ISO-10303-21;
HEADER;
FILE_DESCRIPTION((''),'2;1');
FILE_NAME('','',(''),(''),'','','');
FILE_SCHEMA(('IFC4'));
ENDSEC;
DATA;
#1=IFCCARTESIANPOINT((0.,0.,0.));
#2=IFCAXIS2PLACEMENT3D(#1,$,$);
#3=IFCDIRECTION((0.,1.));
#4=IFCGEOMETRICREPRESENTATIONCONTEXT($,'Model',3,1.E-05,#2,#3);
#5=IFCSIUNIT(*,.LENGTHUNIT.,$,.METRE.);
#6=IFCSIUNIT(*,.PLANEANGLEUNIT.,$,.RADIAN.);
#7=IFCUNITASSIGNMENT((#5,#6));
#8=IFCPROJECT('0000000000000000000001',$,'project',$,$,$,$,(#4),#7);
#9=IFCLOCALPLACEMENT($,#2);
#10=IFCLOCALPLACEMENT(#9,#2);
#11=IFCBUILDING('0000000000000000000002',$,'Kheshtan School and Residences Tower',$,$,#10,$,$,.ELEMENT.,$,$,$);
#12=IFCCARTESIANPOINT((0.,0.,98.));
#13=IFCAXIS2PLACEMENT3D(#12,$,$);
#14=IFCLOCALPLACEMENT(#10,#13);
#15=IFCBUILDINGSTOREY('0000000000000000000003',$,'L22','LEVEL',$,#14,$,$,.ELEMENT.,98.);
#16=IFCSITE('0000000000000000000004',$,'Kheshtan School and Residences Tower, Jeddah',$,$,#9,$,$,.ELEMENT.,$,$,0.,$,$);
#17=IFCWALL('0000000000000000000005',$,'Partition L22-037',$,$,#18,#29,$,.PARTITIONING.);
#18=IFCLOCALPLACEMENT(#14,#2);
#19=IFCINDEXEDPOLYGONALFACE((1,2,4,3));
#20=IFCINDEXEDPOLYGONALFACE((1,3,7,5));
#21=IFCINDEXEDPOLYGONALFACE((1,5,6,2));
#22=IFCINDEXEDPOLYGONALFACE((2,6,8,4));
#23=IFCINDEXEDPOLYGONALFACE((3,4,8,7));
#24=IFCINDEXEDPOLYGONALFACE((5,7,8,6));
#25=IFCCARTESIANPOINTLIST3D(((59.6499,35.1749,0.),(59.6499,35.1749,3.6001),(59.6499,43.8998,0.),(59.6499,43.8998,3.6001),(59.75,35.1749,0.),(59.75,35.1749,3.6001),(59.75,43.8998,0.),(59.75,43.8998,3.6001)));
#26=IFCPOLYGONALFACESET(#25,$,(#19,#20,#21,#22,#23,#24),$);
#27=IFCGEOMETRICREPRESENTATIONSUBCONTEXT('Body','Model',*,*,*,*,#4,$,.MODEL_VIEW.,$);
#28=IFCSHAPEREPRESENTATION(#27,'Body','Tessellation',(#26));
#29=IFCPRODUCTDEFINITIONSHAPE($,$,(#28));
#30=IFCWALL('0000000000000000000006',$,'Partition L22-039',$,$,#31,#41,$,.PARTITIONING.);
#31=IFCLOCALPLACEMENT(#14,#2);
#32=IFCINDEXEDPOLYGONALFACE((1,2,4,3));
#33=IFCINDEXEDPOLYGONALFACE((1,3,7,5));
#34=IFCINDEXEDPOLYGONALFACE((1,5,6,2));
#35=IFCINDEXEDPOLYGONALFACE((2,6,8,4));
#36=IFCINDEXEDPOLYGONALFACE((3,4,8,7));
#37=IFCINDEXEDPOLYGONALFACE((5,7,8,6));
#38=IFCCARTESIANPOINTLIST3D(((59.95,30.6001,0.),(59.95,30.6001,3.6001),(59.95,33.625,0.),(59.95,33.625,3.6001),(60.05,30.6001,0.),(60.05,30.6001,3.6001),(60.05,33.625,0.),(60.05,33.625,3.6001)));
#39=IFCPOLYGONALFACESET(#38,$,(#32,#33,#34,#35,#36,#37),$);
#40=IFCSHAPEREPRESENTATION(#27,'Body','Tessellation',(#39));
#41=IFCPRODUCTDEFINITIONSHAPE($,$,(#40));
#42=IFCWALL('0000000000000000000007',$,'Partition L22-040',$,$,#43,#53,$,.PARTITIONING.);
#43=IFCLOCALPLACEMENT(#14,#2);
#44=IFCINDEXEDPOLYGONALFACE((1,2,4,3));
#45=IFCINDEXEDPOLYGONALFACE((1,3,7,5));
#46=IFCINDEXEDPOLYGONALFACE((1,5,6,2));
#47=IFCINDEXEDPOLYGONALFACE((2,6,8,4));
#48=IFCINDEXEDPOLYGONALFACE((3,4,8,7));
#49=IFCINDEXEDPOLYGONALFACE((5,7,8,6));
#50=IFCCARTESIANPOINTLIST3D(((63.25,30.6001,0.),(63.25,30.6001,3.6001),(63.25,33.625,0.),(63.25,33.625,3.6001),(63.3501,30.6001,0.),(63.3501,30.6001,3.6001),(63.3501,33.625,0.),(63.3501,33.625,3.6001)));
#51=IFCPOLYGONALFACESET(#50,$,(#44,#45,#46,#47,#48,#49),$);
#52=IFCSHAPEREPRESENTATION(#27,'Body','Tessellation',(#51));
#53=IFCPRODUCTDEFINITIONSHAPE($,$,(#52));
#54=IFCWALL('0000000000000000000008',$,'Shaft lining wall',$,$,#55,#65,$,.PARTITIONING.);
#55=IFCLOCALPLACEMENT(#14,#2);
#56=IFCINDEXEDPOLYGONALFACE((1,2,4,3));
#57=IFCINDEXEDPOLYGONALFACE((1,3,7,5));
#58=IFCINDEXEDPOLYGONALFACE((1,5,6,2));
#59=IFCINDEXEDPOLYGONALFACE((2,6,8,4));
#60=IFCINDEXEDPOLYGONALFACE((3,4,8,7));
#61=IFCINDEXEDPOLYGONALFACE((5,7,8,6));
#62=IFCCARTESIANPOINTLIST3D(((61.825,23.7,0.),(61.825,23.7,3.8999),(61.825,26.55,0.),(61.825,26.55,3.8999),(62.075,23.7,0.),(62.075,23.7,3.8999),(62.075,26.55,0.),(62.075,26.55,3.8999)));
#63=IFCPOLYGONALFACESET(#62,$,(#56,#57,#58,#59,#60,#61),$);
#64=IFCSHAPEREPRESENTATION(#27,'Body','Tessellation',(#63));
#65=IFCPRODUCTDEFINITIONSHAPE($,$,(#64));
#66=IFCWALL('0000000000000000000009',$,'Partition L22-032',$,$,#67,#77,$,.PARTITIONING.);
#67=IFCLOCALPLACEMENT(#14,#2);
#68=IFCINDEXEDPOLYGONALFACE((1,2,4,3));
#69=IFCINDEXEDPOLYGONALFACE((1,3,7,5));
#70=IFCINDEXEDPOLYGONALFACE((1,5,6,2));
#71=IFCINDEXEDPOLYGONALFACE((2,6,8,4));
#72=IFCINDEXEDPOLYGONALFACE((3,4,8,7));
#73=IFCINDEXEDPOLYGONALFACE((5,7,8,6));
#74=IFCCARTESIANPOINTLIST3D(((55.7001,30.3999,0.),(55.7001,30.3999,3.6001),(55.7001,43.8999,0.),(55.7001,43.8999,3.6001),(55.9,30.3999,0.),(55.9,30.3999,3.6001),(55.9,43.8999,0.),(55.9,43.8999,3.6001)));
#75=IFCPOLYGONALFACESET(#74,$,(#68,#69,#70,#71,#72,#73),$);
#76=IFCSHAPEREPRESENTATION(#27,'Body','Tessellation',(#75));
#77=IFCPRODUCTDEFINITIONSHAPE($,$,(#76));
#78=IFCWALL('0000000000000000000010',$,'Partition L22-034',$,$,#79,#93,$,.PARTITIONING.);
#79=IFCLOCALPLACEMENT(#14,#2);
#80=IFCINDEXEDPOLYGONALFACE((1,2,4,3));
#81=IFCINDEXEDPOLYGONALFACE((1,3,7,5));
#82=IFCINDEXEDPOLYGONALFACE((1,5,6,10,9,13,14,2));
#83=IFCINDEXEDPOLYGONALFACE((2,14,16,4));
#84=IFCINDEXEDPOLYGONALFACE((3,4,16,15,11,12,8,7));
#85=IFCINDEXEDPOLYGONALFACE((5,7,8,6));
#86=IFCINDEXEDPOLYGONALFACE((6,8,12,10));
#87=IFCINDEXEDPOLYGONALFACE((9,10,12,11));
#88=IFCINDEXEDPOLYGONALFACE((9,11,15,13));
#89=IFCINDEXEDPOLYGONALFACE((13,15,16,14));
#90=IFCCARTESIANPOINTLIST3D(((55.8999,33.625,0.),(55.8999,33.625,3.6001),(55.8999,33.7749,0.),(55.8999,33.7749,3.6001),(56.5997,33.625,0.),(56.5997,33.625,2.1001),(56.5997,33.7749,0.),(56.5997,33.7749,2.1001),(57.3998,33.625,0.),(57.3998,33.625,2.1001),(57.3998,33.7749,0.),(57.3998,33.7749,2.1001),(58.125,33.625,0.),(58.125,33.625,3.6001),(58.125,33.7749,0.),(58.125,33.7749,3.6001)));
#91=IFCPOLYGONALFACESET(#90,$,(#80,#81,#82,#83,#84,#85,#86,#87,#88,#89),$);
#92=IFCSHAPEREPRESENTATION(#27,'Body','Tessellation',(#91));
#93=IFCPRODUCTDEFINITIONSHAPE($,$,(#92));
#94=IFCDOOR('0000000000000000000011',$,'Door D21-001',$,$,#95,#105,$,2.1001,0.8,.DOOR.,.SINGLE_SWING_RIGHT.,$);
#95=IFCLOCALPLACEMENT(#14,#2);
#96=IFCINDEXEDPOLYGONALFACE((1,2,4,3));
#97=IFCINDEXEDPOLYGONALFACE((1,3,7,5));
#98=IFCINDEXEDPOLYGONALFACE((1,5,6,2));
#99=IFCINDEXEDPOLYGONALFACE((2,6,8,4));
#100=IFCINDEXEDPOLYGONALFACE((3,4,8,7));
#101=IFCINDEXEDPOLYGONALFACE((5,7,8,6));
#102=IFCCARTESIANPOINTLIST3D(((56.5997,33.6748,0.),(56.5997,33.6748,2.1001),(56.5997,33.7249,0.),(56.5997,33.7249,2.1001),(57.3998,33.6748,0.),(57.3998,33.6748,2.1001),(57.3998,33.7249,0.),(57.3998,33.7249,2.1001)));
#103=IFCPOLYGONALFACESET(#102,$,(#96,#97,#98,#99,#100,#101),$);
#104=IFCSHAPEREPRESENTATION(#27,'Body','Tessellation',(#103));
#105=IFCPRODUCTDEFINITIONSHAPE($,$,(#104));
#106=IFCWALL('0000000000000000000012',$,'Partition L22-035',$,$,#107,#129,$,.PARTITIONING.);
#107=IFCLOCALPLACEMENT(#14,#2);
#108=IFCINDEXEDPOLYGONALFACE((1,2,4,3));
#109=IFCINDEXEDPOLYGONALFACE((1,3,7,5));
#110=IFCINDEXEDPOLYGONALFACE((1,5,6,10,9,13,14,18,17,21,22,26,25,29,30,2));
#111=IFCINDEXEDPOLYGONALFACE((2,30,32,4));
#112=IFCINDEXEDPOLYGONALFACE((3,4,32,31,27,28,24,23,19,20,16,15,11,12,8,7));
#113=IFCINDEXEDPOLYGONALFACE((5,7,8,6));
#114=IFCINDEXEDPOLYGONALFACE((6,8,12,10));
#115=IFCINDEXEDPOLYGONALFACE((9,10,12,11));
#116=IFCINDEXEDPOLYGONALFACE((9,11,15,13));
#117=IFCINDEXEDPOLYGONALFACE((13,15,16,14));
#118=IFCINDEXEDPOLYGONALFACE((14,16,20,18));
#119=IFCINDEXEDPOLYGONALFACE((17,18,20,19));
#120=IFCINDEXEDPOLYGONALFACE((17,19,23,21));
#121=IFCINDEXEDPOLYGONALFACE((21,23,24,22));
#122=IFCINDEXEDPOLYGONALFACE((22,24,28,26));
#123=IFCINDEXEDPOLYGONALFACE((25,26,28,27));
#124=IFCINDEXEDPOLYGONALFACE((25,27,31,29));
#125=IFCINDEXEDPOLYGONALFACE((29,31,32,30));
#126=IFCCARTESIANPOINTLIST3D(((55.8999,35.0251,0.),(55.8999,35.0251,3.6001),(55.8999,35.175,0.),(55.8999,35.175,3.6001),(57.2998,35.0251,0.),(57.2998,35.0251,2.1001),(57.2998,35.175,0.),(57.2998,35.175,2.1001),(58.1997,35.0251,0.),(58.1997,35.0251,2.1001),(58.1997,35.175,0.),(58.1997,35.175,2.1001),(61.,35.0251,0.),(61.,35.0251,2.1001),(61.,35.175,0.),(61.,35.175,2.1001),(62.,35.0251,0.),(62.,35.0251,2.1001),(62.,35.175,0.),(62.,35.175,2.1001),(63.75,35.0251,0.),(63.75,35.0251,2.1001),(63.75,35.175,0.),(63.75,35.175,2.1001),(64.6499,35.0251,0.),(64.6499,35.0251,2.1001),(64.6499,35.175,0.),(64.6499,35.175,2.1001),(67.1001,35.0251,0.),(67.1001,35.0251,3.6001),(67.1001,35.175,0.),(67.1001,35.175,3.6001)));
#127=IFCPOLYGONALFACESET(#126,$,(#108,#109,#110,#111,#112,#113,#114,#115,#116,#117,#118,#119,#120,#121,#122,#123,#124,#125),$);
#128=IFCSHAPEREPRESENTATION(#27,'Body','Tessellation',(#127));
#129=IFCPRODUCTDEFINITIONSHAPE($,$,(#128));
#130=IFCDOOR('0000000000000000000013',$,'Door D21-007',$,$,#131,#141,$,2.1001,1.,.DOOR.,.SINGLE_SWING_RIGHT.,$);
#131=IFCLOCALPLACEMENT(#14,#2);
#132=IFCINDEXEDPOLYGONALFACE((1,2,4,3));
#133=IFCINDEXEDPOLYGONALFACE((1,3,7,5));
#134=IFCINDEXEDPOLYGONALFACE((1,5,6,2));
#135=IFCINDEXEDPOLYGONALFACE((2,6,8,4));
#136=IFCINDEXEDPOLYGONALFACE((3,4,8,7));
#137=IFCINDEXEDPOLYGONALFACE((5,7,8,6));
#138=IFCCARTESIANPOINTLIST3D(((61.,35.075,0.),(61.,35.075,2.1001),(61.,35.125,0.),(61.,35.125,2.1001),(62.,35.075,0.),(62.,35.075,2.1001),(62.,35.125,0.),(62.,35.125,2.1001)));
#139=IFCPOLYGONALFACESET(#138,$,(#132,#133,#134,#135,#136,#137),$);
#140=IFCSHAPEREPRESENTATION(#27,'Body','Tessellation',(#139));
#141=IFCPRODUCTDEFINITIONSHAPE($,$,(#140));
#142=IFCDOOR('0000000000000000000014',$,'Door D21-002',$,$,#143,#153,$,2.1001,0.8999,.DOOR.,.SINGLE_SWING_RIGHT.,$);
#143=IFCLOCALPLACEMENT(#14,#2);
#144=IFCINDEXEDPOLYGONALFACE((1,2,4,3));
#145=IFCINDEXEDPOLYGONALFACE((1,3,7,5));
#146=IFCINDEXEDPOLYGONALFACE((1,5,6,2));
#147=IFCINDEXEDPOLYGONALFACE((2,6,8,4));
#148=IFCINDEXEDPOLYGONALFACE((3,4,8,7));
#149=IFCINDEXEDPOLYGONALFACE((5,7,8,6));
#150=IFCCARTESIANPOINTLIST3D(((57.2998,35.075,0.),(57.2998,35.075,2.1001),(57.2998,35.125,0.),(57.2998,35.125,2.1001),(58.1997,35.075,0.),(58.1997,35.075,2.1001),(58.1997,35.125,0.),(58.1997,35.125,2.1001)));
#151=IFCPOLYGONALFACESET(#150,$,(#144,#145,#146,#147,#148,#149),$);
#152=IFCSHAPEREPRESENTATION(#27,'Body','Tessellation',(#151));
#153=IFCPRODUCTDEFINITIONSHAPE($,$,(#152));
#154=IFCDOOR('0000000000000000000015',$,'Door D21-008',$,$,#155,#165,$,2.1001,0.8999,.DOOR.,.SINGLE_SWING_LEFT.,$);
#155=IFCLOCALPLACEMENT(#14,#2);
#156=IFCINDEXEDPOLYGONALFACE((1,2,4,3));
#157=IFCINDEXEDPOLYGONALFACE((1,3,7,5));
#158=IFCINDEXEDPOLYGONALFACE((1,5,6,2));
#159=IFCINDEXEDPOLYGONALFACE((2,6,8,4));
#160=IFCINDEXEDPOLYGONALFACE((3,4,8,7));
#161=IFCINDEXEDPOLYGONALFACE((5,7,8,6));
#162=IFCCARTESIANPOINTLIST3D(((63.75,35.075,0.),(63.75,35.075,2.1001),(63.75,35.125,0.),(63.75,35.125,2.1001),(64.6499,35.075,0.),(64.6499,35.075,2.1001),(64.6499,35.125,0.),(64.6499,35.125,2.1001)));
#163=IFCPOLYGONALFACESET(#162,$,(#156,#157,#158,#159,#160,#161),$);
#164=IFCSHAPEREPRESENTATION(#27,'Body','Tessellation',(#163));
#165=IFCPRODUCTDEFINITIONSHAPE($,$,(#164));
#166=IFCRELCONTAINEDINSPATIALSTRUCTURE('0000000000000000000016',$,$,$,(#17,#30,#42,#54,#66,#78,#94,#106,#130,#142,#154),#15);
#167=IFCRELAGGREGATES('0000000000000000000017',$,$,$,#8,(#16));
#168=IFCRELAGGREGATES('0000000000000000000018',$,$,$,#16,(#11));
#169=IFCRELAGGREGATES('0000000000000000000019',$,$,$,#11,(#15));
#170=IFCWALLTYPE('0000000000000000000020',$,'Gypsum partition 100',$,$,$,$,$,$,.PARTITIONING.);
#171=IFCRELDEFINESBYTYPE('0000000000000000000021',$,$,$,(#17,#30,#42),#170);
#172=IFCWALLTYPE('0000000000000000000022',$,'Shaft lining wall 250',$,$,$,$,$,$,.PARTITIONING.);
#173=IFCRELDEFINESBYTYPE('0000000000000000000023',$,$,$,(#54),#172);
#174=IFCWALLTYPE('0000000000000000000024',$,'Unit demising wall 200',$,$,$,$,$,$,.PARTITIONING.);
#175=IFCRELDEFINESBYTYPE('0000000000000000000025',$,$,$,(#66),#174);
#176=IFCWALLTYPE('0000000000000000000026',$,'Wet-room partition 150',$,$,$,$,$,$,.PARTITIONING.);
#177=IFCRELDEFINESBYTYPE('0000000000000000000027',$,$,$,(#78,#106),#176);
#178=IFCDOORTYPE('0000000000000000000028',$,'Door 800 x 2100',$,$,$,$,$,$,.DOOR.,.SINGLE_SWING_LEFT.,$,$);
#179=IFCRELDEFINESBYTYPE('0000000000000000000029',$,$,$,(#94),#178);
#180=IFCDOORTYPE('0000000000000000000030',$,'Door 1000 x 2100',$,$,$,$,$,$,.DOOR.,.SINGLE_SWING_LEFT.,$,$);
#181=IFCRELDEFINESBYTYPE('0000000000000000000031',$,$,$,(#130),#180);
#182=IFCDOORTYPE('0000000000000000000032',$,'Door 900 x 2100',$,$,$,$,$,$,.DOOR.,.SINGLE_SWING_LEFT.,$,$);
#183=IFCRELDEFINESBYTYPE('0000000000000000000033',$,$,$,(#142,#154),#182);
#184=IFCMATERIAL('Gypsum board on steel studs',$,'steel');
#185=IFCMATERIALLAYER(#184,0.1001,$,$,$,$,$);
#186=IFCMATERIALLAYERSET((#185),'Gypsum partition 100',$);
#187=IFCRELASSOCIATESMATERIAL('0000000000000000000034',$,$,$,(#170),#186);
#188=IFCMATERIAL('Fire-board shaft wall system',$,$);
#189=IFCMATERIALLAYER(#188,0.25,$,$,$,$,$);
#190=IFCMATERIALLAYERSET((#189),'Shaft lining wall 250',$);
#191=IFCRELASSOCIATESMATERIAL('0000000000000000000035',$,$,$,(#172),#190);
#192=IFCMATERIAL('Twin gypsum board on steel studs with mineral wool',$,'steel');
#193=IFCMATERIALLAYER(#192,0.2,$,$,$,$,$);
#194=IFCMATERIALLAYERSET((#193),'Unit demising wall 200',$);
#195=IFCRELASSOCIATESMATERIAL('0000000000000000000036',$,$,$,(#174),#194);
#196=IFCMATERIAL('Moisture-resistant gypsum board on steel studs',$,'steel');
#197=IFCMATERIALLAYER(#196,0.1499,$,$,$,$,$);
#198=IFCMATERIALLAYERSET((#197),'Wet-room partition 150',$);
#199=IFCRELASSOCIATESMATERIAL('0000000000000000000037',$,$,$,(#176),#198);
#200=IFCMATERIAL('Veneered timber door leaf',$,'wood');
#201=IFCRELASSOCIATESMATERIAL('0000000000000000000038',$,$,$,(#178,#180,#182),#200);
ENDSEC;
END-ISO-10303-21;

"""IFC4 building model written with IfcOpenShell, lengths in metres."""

from ifc_helpers import new_model, si_unit, direction, frame, frame_2d, origin, place, context, subcontext, project, spatial, rectangle, extrude, source, transform, mapped, material, layer, layer_set, type_object, element, fill, save


model = new_model("IFC4")

# Units and contexts
model_context = context("Model", 3, precision=1e-05, world=origin(), true_north=direction((0.0, 1.0)))
body_context = subcontext(model_context, "Body", "Model", "MODEL_VIEW")
ifc_project = project(units=[si_unit("LENGTHUNIT", "METRE"), si_unit("PLANEANGLEUNIT", "RADIAN")], contexts=[model_context])

# Site, building, storey
site_placement = place(None, origin())
site = spatial("IfcSite", under=ifc_project, at=site_placement, Name="Kheshtan School and Residences Tower, Jeddah", CompositionType="ELEMENT", RefElevation=0.0)
building_placement = place(site_placement, origin())
building = spatial("IfcBuilding", under=site, at=building_placement, Name="Kheshtan School and Residences Tower", CompositionType="ELEMENT")
storey_placement = place(building_placement, frame((0.0, 0.0, 98.0)))
storey = spatial("IfcBuildingStorey", under=building, at=storey_placement, Name="L22", Description="LEVEL", CompositionType="ELEMENT", Elevation=98.0)

# Walls
ifc_material_1 = material(Name="Gypsum board on steel studs", Category="steel")
ifc_layer_1 = layer(ifc_material_1, 0.1001)
ifc_layer_set_1 = layer_set([ifc_layer_1], Name="Gypsum partition 100")
wall_type_1 = type_object("IfcWallType", Name="Gypsum partition 100", PredefinedType="PARTITIONING", material=ifc_layer_set_1)
wall_1_placement = place(storey_placement, frame((59.7, 35.175, 0.0), z_axis=(0.0, 0.0, 1.0), x_axis=(0.0, 1.0, 0.0)))
element("IfcWall", 1, at=wall_1_placement, inside=storey, type_object=wall_type_1, Name="Partition L22-037", PredefinedType="PARTITIONING", context=body_context, shape_type="SweptSolid", body=[
    extrude(rectangle(XDim=8.7249, YDim=0.1001, at=frame_2d((4.3623, 0.0))), origin(), (0.0, 0.0, 1.0), 3.6001),
])
for number, where, z_axis, x_axis, name in (
    (2, (60.0, 30.6001, 0.0), (0.0, 0.0, 1.0), (0.0, 1.0, 0.0), "Partition L22-039"),
    (3, (63.3, 30.6001, 0.0), (0.0, 0.0, 1.0), (0.0, 1.0, 0.0), "Partition L22-040"),
):
    element("IfcWall", number, at=place(storey_placement, frame(where, z_axis=z_axis, x_axis=x_axis)), inside=storey, type_object=wall_type_1, Name=name, PredefinedType="PARTITIONING", context=body_context, shape_type="SweptSolid", body=[
        extrude(rectangle(XDim=3.0249, YDim=0.1001, at=frame_2d((1.5125, 0.0))), origin(), (0.0, 0.0, 1.0), 3.6001),
    ])
ifc_material_2 = material(Name="Fire-board shaft wall system")
ifc_layer_2 = layer(ifc_material_2, 0.25)
ifc_layer_set_2 = layer_set([ifc_layer_2], Name="Shaft lining wall 250")
wall_type_2 = type_object("IfcWallType", Name="Shaft lining wall 250", PredefinedType="PARTITIONING", material=ifc_layer_set_2)
wall_2_placement = place(storey_placement, frame((61.95, 23.7, 0.0), z_axis=(0.0, 0.0, 1.0), x_axis=(0.0, 1.0, 0.0)))
element("IfcWall", 4, at=wall_2_placement, inside=storey, type_object=wall_type_2, Name="Shaft lining wall", PredefinedType="PARTITIONING", context=body_context, shape_type="SweptSolid", body=[
    extrude(rectangle(XDim=2.8501, YDim=0.25, at=frame_2d((1.425, 0.0))), origin(), (0.0, 0.0, 1.0), 3.8999),
])
ifc_material_3 = material(Name="Twin gypsum board on steel studs with mineral wool", Category="steel")
ifc_layer_3 = layer(ifc_material_3, 0.2)
ifc_layer_set_3 = layer_set([ifc_layer_3], Name="Unit demising wall 200")
wall_type_3 = type_object("IfcWallType", Name="Unit demising wall 200", PredefinedType="PARTITIONING", material=ifc_layer_set_3)
wall_3_placement = place(storey_placement, frame((55.8, 30.3999, 0.0), z_axis=(0.0, 0.0, 1.0), x_axis=(0.0, 1.0, 0.0)))
element("IfcWall", 5, at=wall_3_placement, inside=storey, type_object=wall_type_3, Name="Partition L22-032", PredefinedType="PARTITIONING", context=body_context, shape_type="SweptSolid", body=[
    extrude(rectangle(XDim=13.5, YDim=0.2, at=frame_2d((6.75, 0.0))), origin(), (0.0, 0.0, 1.0), 3.6001),
])

# Wall, opening, door
ifc_material_4 = material(Name="Moisture-resistant gypsum board on steel studs", Category="steel")
ifc_layer_4 = layer(ifc_material_4, 0.1499)
ifc_layer_set_4 = layer_set([ifc_layer_4], Name="Wet-room partition 150")
wall_type_4 = type_object("IfcWallType", Name="Wet-room partition 150", PredefinedType="PARTITIONING", material=ifc_layer_set_4)
wall_4_placement = place(storey_placement, frame((55.8999, 33.7, 0.0), z_axis=(0.0, 0.0, 1.0), x_axis=(1.0, 0.0, 0.0)))
wall_4 = element("IfcWall", 6, at=wall_4_placement, inside=storey, type_object=wall_type_4, Name="Partition L22-034", PredefinedType="PARTITIONING", context=body_context, shape_type="SweptSolid", body=[
    extrude(rectangle(XDim=2.2251, YDim=0.1499, at=frame_2d((1.1125, 0.0))), origin(), (0.0, 0.0, 1.0), 3.6001),
])
opening_1_placement = place(wall_4_placement, frame((0.7, 0.0, 0.0)))
opening_1 = element("IfcOpeningElement", 7, at=opening_1_placement, cuts=wall_4, PredefinedType="OPENING", context=body_context, shape_type="SweptSolid", body=[
    extrude(rectangle(XDim=0.8, YDim=2.1001, at=frame_2d((0.3999, 1.05))), frame((0.0, 0.085, 0.0), z_axis=(0.0, -1.0, 0.0), x_axis=(1.0, 0.0, 0.0)), (0.0, 0.0, 1.0), 0.1699),
])
ifc_material_5 = material(Name="Veneered timber door leaf", Category="wood")
door_type_1 = type_object("IfcDoorType", Name="Door 800 x 2100", OperationType="SINGLE_SWING_LEFT", PredefinedType="DOOR", material=ifc_material_5)
shared_shape_1 = source(origin(), body_context, "Body", "SweptSolid", [
    extrude(rectangle(XDim=0.8, YDim=2.1001, at=frame_2d((0.3999, 1.05))), frame((0.0, 0.0249, 0.0), z_axis=(0.0, -1.0, 0.0), x_axis=(1.0, 0.0, 0.0)), (0.0, 0.0, 1.0), 0.05),
])
door_1_placement = place(opening_1_placement, origin())
door_1 = element("IfcDoor", 8, at=door_1_placement, inside=storey, type_object=door_type_1, Name="Door D21-001", OperationType="SINGLE_SWING_RIGHT", OverallHeight=2.1001, OverallWidth=0.8, PredefinedType="DOOR", context=body_context, shape_type="MappedRepresentation", body=[
    mapped(shared_shape_1, transform((0.0, 0.0, 0.0), x_axis=(1.0, 0.0, 0.0), y_axis=(0.0, 1.0, 0.0), z_axis=(0.0, 0.0, 1.0), scale=1.0)),
])
fill(opening_1, door_1)

# Wall, openings, doors
wall_5_placement = place(storey_placement, frame((55.8999, 35.1001, 0.0), z_axis=(0.0, 0.0, 1.0), x_axis=(1.0, 0.0, 0.0)))
wall_5 = element("IfcWall", 9, at=wall_5_placement, inside=storey, type_object=wall_type_4, Name="Partition L22-035", PredefinedType="PARTITIONING", context=body_context, shape_type="SweptSolid", body=[
    extrude(rectangle(XDim=11.2002, YDim=0.1499, at=frame_2d((5.6001, 0.0))), origin(), (0.0, 0.0, 1.0), 3.6001),
])
opening_2_placement = place(wall_5_placement, frame((1.3999, 0.0, 0.0)))
opening_2 = element("IfcOpeningElement", 10, at=opening_2_placement, cuts=wall_5, PredefinedType="OPENING", context=body_context, shape_type="SweptSolid", body=[
    extrude(rectangle(XDim=0.8999, YDim=2.1001, at=frame_2d((0.45, 1.05))), frame((0.0, 0.085, 0.0), z_axis=(0.0, -1.0, 0.0), x_axis=(1.0, 0.0, 0.0)), (0.0, 0.0, 1.0), 0.1699),
])
opening_3_placement = place(wall_5_placement, frame((5.1001, 0.0, 0.0)))
opening_3 = element("IfcOpeningElement", 11, at=opening_3_placement, cuts=wall_5, PredefinedType="OPENING", context=body_context, shape_type="SweptSolid", body=[
    extrude(rectangle(XDim=1.0, YDim=2.1001, at=frame_2d((0.5, 1.05))), frame((0.0, 0.085, 0.0), z_axis=(0.0, -1.0, 0.0), x_axis=(1.0, 0.0, 0.0)), (0.0, 0.0, 1.0), 0.1699),
])
opening_4_placement = place(wall_5_placement, frame((7.8501, 0.0, 0.0)))
opening_4 = element("IfcOpeningElement", 12, at=opening_4_placement, cuts=wall_5, PredefinedType="OPENING", context=body_context, shape_type="SweptSolid", body=[
    extrude(rectangle(XDim=0.8999, YDim=2.1001, at=frame_2d((0.45, 1.05))), frame((0.0, 0.085, 0.0), z_axis=(0.0, -1.0, 0.0), x_axis=(1.0, 0.0, 0.0)), (0.0, 0.0, 1.0), 0.1699),
])
door_type_2 = type_object("IfcDoorType", Name="Door 1000 x 2100", OperationType="SINGLE_SWING_LEFT", PredefinedType="DOOR", material=ifc_material_5)
shared_shape_2 = source(origin(), body_context, "Body", "SweptSolid", [
    extrude(rectangle(XDim=1.0, YDim=2.1001, at=frame_2d((0.5, 1.05))), frame((0.0, 0.0249, 0.0), z_axis=(0.0, -1.0, 0.0), x_axis=(1.0, 0.0, 0.0)), (0.0, 0.0, 1.0), 0.05),
])
door_2_placement = place(opening_3_placement, origin())
door_2 = element("IfcDoor", 13, at=door_2_placement, inside=storey, type_object=door_type_2, Name="Door D21-007", OperationType="SINGLE_SWING_RIGHT", OverallHeight=2.1001, OverallWidth=1.0, PredefinedType="DOOR", context=body_context, shape_type="MappedRepresentation", body=[
    mapped(shared_shape_2, transform((0.0, 0.0, 0.0), x_axis=(1.0, 0.0, 0.0), y_axis=(0.0, 1.0, 0.0), z_axis=(0.0, 0.0, 1.0), scale=1.0)),
])
fill(opening_3, door_2)
door_type_3 = type_object("IfcDoorType", Name="Door 900 x 2100", OperationType="SINGLE_SWING_LEFT", PredefinedType="DOOR", material=ifc_material_5)
shared_shape_3 = source(origin(), body_context, "Body", "SweptSolid", [
    extrude(rectangle(XDim=0.8999, YDim=2.1001, at=frame_2d((0.45, 1.05))), frame((0.0, 0.0249, 0.0), z_axis=(0.0, -1.0, 0.0), x_axis=(1.0, 0.0, 0.0)), (0.0, 0.0, 1.0), 0.05),
])
door_3_placement = place(opening_2_placement, origin())
door_3 = element("IfcDoor", 14, at=door_3_placement, inside=storey, type_object=door_type_3, Name="Door D21-002", OperationType="SINGLE_SWING_RIGHT", OverallHeight=2.1001, OverallWidth=0.8999, PredefinedType="DOOR", context=body_context, shape_type="MappedRepresentation", body=[
    mapped(shared_shape_3, transform((0.0, 0.0, 0.0), x_axis=(1.0, 0.0, 0.0), y_axis=(0.0, 1.0, 0.0), z_axis=(0.0, 0.0, 1.0), scale=1.0)),
])
fill(opening_2, door_3)
door_4_placement = place(opening_4_placement, origin())
door_4 = element("IfcDoor", 15, at=door_4_placement, inside=storey, type_object=door_type_3, Name="Door D21-008", OperationType="SINGLE_SWING_LEFT", OverallHeight=2.1001, OverallWidth=0.8999, PredefinedType="DOOR", context=body_context, shape_type="MappedRepresentation", body=[
    mapped(shared_shape_3, transform((0.0, 0.0, 0.0), x_axis=(1.0, 0.0, 0.0), y_axis=(0.0, 1.0, 0.0), z_axis=(0.0, 0.0, 1.0), scale=1.0)),
])
fill(opening_4, door_4)

save(model, "model.ifc")
